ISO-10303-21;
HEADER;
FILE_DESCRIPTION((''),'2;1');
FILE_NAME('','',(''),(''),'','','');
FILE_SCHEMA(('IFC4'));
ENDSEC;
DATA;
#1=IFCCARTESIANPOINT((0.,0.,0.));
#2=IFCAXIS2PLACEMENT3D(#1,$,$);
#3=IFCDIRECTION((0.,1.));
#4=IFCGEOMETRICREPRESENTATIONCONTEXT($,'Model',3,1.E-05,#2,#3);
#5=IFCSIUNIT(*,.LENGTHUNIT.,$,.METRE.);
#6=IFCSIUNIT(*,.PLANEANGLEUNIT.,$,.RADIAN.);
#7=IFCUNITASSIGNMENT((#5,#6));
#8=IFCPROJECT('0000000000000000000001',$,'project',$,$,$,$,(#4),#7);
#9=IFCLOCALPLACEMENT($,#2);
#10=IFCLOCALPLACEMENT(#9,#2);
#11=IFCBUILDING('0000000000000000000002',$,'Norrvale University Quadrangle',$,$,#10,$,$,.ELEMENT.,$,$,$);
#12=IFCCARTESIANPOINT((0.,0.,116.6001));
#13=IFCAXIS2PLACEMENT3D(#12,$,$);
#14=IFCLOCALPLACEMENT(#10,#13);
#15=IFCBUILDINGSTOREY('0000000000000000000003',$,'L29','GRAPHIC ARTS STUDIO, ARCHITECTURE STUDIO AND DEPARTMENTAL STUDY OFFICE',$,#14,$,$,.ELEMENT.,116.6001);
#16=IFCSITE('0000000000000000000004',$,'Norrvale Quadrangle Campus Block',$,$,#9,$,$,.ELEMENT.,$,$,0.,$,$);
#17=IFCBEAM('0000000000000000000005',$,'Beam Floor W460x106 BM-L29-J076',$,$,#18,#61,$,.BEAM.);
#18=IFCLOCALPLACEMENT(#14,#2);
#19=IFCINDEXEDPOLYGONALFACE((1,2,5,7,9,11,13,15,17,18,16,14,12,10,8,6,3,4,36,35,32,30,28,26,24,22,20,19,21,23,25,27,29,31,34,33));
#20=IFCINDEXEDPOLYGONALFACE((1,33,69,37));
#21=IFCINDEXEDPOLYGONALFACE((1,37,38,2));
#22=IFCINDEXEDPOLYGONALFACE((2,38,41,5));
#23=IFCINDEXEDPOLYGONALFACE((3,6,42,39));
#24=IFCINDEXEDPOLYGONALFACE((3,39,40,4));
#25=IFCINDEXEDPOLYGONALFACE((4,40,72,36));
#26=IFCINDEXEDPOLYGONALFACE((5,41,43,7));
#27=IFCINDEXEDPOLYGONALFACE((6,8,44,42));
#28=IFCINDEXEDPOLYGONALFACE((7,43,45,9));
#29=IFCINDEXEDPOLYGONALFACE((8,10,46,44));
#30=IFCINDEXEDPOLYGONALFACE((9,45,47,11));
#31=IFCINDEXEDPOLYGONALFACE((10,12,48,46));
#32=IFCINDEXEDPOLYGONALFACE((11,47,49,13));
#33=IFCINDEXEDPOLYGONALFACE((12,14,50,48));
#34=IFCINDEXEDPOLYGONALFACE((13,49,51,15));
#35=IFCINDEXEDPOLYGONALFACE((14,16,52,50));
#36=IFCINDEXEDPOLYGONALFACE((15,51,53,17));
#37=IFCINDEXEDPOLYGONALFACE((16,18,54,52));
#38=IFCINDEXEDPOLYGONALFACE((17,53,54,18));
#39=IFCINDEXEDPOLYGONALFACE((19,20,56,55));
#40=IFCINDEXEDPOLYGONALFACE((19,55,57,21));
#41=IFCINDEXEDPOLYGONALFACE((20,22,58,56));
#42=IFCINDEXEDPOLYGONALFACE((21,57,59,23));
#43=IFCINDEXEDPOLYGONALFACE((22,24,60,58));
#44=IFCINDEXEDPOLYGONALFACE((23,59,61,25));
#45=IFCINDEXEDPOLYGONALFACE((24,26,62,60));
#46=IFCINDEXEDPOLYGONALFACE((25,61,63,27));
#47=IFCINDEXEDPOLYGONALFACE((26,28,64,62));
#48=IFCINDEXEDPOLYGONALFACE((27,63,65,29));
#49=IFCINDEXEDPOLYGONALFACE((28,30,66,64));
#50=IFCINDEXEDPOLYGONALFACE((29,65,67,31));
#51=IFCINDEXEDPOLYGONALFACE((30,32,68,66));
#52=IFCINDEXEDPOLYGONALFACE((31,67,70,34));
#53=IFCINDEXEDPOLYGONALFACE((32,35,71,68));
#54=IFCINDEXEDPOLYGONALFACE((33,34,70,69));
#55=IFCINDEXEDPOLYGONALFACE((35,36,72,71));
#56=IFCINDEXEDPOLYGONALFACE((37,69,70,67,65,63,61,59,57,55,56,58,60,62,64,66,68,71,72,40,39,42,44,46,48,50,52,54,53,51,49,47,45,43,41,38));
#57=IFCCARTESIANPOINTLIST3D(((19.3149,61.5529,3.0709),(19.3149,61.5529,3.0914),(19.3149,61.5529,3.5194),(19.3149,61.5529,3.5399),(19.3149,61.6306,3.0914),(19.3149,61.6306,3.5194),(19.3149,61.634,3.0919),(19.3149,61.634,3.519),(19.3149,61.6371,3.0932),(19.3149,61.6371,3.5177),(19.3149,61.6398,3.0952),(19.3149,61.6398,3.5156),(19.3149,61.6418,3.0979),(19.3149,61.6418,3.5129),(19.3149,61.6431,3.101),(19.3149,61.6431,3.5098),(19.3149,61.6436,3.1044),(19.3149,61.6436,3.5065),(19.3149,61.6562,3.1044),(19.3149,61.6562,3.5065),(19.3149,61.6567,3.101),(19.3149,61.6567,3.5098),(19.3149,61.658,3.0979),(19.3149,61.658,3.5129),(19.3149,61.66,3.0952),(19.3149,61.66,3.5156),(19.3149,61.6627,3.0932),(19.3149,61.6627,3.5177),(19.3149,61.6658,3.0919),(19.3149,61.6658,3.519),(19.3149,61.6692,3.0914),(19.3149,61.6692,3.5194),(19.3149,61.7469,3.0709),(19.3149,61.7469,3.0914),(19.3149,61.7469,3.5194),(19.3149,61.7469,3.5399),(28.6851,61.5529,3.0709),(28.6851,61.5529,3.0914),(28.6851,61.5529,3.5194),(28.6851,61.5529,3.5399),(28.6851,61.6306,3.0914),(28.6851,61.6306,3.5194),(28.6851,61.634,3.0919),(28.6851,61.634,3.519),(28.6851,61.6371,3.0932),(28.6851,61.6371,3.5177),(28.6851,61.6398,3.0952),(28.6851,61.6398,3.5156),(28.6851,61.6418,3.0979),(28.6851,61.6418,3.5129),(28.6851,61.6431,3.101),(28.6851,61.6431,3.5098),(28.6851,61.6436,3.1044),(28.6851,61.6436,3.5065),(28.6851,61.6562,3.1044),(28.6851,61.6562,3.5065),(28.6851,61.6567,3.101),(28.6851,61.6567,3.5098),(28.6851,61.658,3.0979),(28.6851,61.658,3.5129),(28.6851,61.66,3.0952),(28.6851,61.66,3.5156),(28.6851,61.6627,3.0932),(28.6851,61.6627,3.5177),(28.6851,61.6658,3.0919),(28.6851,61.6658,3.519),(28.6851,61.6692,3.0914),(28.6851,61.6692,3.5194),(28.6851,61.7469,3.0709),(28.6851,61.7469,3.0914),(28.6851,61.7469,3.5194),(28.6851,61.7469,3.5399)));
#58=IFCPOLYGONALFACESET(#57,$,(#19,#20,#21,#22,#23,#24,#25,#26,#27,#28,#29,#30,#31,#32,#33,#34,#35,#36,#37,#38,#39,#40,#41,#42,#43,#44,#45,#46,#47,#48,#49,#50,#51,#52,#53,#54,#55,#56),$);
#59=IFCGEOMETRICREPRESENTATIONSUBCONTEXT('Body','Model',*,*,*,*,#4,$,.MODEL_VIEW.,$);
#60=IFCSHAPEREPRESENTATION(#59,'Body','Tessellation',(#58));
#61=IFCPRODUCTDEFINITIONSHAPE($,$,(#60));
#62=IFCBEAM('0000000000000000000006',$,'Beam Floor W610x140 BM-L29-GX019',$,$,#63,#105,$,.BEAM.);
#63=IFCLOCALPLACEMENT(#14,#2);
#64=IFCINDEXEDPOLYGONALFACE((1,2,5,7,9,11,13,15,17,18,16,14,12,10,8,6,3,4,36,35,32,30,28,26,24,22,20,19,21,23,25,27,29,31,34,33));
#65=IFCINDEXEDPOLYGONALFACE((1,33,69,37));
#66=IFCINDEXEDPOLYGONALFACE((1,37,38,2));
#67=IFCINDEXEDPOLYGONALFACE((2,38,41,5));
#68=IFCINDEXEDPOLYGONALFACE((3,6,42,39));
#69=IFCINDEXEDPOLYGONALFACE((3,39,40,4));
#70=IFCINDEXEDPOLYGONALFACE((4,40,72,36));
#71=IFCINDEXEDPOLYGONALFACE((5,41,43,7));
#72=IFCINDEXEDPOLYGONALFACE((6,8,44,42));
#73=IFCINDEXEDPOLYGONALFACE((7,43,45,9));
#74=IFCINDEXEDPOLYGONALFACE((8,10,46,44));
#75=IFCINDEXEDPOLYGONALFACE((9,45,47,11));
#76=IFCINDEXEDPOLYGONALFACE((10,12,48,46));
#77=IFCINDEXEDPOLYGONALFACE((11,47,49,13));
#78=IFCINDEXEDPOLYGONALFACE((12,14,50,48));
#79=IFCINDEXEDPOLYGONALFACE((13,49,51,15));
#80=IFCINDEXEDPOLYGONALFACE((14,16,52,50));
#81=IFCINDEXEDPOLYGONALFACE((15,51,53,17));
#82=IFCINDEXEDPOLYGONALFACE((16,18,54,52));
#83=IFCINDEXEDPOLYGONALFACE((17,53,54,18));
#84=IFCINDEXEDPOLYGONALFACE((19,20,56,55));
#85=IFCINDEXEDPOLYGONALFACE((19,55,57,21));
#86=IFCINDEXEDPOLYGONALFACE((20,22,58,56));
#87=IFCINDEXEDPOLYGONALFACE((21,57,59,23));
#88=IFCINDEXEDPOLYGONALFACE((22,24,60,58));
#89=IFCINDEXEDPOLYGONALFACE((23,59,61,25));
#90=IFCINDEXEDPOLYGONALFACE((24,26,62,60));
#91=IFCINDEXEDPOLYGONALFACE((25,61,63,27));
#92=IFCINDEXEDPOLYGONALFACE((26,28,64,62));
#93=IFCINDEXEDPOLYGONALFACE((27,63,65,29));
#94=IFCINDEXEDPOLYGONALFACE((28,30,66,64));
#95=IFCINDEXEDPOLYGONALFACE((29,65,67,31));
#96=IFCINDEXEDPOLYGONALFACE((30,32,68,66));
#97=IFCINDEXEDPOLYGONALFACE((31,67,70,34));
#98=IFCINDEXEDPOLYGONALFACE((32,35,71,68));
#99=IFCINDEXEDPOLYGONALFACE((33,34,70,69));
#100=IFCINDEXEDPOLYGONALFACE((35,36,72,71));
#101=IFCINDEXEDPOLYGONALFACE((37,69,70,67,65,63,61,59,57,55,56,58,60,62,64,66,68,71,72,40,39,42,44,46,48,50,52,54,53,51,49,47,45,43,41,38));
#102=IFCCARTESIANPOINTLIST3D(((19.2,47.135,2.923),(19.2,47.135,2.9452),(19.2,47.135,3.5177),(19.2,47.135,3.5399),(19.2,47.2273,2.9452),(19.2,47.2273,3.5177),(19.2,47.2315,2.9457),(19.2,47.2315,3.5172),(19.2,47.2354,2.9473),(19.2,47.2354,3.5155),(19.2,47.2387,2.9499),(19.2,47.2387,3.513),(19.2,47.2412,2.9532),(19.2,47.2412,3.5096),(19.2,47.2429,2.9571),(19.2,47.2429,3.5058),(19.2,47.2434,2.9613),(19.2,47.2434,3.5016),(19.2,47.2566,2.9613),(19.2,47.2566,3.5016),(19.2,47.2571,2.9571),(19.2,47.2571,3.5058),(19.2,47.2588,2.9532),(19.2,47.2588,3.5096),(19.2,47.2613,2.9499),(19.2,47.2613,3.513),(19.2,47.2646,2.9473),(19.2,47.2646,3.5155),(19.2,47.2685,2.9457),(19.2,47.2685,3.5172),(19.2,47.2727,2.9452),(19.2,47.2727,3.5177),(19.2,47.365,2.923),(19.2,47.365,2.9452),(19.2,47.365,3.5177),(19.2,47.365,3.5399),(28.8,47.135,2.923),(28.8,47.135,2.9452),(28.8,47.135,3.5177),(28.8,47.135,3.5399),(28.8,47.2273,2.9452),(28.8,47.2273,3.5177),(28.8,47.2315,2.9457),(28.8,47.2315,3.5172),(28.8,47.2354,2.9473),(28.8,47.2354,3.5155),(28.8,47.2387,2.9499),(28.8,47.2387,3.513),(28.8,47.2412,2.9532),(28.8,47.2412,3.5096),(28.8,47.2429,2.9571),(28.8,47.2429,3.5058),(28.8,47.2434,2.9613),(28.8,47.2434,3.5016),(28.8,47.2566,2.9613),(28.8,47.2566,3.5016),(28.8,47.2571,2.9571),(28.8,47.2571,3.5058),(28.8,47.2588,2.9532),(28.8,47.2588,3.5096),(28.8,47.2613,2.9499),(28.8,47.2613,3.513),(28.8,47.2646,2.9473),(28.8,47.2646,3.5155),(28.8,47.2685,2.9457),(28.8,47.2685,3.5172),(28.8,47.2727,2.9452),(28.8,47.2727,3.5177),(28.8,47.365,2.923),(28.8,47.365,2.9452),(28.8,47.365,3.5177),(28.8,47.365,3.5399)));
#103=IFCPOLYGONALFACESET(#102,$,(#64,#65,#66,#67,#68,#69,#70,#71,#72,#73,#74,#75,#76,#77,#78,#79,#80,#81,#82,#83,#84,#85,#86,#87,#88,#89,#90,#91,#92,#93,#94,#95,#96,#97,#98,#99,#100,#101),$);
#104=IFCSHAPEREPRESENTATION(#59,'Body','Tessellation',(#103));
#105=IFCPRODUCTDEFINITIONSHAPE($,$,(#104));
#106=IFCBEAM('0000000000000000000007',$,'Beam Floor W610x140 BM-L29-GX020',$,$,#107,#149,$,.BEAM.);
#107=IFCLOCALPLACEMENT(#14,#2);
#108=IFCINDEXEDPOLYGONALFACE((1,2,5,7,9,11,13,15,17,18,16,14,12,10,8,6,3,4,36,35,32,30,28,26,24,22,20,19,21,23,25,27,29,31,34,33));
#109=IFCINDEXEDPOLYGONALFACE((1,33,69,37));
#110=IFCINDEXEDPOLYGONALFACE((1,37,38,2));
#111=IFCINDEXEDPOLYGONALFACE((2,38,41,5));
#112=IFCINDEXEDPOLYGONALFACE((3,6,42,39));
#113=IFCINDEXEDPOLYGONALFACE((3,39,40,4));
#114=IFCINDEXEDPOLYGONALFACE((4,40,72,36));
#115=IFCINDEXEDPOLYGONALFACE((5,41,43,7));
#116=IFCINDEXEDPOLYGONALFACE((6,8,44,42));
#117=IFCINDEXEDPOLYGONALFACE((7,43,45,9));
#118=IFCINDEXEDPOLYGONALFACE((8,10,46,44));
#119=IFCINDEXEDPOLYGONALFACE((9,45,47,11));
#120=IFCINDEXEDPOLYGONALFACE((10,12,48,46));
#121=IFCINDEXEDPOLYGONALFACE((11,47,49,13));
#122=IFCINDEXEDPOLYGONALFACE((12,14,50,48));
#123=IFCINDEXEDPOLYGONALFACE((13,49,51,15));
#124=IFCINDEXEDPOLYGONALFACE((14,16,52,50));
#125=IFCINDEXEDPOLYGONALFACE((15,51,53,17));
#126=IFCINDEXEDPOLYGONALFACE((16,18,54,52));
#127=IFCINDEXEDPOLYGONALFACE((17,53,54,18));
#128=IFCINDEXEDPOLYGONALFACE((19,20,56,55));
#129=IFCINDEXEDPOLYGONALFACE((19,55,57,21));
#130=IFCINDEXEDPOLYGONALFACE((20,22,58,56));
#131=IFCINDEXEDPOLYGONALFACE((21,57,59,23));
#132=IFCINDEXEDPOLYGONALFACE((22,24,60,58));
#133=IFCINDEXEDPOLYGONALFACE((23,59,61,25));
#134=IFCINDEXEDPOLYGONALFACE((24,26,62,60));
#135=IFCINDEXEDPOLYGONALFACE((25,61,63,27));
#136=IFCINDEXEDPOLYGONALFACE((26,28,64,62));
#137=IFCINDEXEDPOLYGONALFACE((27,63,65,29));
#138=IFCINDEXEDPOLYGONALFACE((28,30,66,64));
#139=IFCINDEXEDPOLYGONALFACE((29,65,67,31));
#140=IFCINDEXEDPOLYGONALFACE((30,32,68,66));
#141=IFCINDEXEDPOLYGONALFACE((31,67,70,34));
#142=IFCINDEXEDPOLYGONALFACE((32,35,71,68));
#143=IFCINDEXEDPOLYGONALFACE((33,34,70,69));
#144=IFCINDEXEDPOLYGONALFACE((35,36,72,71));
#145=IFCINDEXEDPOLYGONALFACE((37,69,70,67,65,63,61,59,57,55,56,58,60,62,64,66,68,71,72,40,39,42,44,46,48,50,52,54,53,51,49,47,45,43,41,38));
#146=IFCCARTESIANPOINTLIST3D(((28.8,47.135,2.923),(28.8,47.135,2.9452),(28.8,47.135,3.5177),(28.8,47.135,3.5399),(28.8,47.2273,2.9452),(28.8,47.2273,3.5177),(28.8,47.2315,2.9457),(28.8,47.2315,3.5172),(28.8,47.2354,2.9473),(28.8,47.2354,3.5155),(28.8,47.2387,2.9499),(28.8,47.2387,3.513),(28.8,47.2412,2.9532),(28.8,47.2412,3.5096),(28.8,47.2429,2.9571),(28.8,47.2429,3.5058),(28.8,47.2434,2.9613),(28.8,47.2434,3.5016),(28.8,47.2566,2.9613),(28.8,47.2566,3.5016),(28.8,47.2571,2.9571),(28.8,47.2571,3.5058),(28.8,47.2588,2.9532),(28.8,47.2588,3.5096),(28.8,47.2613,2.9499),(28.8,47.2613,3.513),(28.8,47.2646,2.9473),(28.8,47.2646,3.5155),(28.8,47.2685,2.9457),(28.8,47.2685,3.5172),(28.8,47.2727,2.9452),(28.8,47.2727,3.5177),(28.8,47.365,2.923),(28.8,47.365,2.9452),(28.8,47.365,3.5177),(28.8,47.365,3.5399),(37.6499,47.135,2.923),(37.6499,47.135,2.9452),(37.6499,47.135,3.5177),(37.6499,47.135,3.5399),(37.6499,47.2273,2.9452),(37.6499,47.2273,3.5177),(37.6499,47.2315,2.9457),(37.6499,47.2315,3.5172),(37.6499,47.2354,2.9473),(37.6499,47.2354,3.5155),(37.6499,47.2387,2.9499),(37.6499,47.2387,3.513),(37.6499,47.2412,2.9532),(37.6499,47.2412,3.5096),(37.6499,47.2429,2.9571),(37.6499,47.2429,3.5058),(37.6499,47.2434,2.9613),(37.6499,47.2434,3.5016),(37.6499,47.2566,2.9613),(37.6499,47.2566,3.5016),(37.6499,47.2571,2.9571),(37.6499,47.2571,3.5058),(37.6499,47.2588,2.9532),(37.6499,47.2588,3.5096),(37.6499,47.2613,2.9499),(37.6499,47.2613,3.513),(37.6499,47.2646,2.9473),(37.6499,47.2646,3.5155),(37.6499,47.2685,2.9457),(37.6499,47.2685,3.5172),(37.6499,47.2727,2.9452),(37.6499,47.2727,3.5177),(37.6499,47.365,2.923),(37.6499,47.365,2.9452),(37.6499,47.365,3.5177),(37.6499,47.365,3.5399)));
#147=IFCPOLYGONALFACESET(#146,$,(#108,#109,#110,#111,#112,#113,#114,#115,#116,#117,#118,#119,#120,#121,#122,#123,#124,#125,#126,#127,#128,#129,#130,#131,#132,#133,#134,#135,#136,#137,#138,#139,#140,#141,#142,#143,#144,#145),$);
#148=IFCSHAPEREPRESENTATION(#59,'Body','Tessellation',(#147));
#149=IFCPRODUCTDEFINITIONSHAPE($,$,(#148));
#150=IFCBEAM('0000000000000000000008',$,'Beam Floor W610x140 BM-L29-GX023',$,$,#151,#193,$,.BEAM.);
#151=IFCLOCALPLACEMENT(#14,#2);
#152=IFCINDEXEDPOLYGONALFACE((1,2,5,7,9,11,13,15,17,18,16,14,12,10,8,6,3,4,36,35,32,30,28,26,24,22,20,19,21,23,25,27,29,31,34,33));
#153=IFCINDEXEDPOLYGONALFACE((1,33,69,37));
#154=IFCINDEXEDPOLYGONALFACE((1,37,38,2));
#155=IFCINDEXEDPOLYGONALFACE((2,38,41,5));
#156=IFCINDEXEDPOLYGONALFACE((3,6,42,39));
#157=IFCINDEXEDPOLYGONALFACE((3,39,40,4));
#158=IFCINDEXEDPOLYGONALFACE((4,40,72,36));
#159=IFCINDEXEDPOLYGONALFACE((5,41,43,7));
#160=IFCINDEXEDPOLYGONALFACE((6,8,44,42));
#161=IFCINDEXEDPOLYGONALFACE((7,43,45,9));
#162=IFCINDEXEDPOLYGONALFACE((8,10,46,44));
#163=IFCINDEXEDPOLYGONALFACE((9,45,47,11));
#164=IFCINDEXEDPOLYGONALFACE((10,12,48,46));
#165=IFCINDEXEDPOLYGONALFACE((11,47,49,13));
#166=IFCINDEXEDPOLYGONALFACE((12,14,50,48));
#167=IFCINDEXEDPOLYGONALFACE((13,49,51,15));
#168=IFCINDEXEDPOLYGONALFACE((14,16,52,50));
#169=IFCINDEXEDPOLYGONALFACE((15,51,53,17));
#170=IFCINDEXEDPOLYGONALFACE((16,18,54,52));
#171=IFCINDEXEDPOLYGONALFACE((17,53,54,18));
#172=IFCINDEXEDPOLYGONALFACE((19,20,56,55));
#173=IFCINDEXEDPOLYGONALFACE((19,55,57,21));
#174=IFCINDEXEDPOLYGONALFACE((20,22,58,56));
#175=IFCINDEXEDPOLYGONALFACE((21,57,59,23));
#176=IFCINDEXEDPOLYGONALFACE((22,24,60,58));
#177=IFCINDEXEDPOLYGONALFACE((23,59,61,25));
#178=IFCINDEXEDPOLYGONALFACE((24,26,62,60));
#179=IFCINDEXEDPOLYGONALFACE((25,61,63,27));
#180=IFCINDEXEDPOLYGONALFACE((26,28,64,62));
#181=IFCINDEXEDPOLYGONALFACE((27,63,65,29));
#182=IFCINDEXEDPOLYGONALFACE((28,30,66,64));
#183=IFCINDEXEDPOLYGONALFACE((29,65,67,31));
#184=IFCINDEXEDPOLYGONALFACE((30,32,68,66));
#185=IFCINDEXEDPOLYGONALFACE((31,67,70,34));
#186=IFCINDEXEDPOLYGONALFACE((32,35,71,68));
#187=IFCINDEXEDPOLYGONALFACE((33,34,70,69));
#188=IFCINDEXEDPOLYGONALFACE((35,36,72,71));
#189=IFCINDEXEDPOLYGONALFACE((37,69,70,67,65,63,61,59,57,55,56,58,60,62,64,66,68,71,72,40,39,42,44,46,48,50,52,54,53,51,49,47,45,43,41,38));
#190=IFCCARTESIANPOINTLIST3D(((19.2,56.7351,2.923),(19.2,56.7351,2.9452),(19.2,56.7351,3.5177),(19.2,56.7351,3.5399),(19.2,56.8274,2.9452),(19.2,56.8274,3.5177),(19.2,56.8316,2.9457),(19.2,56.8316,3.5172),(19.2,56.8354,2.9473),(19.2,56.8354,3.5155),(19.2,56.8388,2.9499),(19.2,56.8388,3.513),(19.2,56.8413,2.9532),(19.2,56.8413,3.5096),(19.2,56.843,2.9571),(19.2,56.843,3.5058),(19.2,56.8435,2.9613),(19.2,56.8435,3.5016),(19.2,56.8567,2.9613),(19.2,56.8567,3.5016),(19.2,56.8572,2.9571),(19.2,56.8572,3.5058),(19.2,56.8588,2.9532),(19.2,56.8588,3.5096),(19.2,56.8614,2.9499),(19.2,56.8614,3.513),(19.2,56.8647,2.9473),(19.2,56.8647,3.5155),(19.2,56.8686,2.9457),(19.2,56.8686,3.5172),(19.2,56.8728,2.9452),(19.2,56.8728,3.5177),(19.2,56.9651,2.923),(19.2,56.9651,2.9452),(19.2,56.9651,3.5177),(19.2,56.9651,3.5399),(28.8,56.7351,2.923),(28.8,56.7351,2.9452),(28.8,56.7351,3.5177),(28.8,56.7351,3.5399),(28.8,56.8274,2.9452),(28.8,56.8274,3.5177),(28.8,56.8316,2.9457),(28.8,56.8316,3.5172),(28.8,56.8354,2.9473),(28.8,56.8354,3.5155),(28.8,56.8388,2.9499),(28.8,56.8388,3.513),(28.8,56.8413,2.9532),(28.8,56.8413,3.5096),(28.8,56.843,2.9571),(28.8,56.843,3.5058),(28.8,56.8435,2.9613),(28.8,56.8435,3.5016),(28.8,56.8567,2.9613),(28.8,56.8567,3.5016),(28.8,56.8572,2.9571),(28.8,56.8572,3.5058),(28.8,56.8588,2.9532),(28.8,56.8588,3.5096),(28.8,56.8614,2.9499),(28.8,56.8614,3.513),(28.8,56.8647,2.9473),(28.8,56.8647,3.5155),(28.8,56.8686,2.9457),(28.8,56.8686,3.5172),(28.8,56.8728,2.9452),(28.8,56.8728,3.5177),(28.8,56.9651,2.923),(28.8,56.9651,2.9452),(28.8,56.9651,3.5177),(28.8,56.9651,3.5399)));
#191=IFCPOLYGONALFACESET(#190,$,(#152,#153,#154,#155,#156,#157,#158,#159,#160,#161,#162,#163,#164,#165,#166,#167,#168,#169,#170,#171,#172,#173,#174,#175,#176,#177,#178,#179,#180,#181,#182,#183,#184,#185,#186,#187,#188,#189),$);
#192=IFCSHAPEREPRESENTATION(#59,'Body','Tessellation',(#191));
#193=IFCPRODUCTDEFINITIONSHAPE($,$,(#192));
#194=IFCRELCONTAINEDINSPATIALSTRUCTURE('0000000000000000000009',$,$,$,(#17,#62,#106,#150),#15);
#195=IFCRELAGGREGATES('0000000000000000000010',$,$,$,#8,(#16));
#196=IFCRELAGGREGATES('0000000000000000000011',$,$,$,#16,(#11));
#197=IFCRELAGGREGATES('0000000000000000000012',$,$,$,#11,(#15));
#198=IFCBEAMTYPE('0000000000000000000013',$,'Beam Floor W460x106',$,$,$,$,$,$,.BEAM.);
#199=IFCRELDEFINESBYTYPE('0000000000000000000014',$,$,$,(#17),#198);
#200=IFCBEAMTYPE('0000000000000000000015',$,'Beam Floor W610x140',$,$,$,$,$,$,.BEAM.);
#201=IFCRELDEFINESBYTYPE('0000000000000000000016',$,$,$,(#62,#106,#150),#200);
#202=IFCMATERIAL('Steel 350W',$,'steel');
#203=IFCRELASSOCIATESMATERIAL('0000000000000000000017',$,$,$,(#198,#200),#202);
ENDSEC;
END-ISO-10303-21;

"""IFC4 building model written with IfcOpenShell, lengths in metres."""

from ifc_helpers import new_model, si_unit, direction, frame, origin, origin_2d, place, context, subcontext, project, spatial, i_section, extrude, material, material_profile, profile_set, type_object, element, save


model = new_model("IFC4")

# Units and contexts
model_context = context("Model", 3, precision=1e-05, world=origin(), true_north=direction((0.0, 1.0)))
body_context = subcontext(model_context, "Body", "Model", "MODEL_VIEW")
ifc_project = project(units=[si_unit("LENGTHUNIT", "METRE"), si_unit("PLANEANGLEUNIT", "RADIAN")], contexts=[model_context])

# Site, building, storey
site_placement = place(None, origin())
site = spatial("IfcSite", under=ifc_project, at=site_placement, Name="Norrvale Quadrangle Campus Block", CompositionType="ELEMENT", RefElevation=0.0)
building_placement = place(site_placement, origin())
building = spatial("IfcBuilding", under=site, at=building_placement, Name="Norrvale University Quadrangle", CompositionType="ELEMENT")
storey_placement = place(building_placement, frame((0.0, 0.0, 116.6001)))
storey = spatial("IfcBuildingStorey", under=building, at=storey_placement, Name="L29", Description="GRAPHIC ARTS STUDIO, ARCHITECTURE STUDIO AND DEPARTMENTAL STUDY OFFICE", CompositionType="ELEMENT", Elevation=116.6001)

# Beams
ifc_material_1 = material(Name="Steel 350W", Category="steel")
ifc_material_profile_1 = material_profile(ifc_material_1, i_section(OverallWidth=0.1941, OverallDepth=0.469, WebThickness=0.0127, FlangeThickness=0.0205, FilletRadius=0.0129, at=origin_2d()), Name="Steel 350W")
ifc_profile_set_1 = profile_set([ifc_material_profile_1], Name="Steel 350W")
beam_type_1 = type_object("IfcBeamType", Name="Beam Floor W460x106", PredefinedType="BEAM", material=ifc_profile_set_1)
for number, where, z_axis, x_axis, name in (
    (1, (19.3149, 61.6499, 3.3054), (1.0, 0.0, 0.0), (0.0, 1.0, 0.0), "Beam Floor W460x106 BM-L29-J076"),
):
    element("IfcBeam", number, at=place(storey_placement, frame(where, z_axis=z_axis, x_axis=x_axis)), inside=storey, type_object=beam_type_1, Name=name, PredefinedType="BEAM", context=body_context, shape_type="SweptSolid", body=[
        extrude(i_section(OverallWidth=0.1941, OverallDepth=0.469, WebThickness=0.0127, FlangeThickness=0.0205, FilletRadius=0.0129, at=origin_2d()), origin(), (0.0, 0.0, 1.0), 9.3701),
    ])
ifc_material_profile_2 = material_profile(ifc_material_1, i_section(OverallWidth=0.23, OverallDepth=0.6169, WebThickness=0.0132, FlangeThickness=0.0222, FilletRadius=0.0161, at=origin_2d()), Name="Steel 350W")
ifc_profile_set_2 = profile_set([ifc_material_profile_2], Name="Steel 350W")
beam_type_2 = type_object("IfcBeamType", Name="Beam Floor W610x140", PredefinedType="BEAM", material=ifc_profile_set_2)
beam_1_placement = place(storey_placement, frame((19.2, 47.25, 3.2314), z_axis=(1.0, 0.0, 0.0), x_axis=(0.0, 1.0, 0.0)))
element("IfcBeam", 2, at=beam_1_placement, inside=storey, type_object=beam_type_2, Name="Beam Floor W610x140 BM-L29-GX019", PredefinedType="BEAM", context=body_context, shape_type="SweptSolid", body=[
    extrude(i_section(OverallWidth=0.23, OverallDepth=0.6169, WebThickness=0.0132, FlangeThickness=0.0222, FilletRadius=0.0161, at=origin_2d()), origin(), (0.0, 0.0, 1.0), 9.6001),
])
beam_2_placement = place(storey_placement, frame((28.8, 47.25, 3.2314), z_axis=(1.0, 0.0, 0.0), x_axis=(0.0, 1.0, 0.0)))
element("IfcBeam", 3, at=beam_2_placement, inside=storey, type_object=beam_type_2, Name="Beam Floor W610x140 BM-L29-GX020", PredefinedType="BEAM", context=body_context, shape_type="SweptSolid", body=[
    extrude(i_section(OverallWidth=0.23, OverallDepth=0.6169, WebThickness=0.0132, FlangeThickness=0.0222, FilletRadius=0.0161, at=origin_2d()), origin(), (0.0, 0.0, 1.0), 8.8499),
])
for number, where, z_axis, x_axis, name in (
    (4, (19.2, 56.8501, 3.2314), (1.0, 0.0, 0.0), (0.0, 1.0, 0.0), "Beam Floor W610x140 BM-L29-GX023"),
):
    element("IfcBeam", number, at=place(storey_placement, frame(where, z_axis=z_axis, x_axis=x_axis)), inside=storey, type_object=beam_type_2, Name=name, PredefinedType="BEAM", context=body_context, shape_type="SweptSolid", body=[
        extrude(i_section(OverallWidth=0.23, OverallDepth=0.6169, WebThickness=0.0132, FlangeThickness=0.0222, FilletRadius=0.0161, at=origin_2d()), origin(), (0.0, 0.0, 1.0), 9.6001),
    ])

save(model, "model.ifc")
